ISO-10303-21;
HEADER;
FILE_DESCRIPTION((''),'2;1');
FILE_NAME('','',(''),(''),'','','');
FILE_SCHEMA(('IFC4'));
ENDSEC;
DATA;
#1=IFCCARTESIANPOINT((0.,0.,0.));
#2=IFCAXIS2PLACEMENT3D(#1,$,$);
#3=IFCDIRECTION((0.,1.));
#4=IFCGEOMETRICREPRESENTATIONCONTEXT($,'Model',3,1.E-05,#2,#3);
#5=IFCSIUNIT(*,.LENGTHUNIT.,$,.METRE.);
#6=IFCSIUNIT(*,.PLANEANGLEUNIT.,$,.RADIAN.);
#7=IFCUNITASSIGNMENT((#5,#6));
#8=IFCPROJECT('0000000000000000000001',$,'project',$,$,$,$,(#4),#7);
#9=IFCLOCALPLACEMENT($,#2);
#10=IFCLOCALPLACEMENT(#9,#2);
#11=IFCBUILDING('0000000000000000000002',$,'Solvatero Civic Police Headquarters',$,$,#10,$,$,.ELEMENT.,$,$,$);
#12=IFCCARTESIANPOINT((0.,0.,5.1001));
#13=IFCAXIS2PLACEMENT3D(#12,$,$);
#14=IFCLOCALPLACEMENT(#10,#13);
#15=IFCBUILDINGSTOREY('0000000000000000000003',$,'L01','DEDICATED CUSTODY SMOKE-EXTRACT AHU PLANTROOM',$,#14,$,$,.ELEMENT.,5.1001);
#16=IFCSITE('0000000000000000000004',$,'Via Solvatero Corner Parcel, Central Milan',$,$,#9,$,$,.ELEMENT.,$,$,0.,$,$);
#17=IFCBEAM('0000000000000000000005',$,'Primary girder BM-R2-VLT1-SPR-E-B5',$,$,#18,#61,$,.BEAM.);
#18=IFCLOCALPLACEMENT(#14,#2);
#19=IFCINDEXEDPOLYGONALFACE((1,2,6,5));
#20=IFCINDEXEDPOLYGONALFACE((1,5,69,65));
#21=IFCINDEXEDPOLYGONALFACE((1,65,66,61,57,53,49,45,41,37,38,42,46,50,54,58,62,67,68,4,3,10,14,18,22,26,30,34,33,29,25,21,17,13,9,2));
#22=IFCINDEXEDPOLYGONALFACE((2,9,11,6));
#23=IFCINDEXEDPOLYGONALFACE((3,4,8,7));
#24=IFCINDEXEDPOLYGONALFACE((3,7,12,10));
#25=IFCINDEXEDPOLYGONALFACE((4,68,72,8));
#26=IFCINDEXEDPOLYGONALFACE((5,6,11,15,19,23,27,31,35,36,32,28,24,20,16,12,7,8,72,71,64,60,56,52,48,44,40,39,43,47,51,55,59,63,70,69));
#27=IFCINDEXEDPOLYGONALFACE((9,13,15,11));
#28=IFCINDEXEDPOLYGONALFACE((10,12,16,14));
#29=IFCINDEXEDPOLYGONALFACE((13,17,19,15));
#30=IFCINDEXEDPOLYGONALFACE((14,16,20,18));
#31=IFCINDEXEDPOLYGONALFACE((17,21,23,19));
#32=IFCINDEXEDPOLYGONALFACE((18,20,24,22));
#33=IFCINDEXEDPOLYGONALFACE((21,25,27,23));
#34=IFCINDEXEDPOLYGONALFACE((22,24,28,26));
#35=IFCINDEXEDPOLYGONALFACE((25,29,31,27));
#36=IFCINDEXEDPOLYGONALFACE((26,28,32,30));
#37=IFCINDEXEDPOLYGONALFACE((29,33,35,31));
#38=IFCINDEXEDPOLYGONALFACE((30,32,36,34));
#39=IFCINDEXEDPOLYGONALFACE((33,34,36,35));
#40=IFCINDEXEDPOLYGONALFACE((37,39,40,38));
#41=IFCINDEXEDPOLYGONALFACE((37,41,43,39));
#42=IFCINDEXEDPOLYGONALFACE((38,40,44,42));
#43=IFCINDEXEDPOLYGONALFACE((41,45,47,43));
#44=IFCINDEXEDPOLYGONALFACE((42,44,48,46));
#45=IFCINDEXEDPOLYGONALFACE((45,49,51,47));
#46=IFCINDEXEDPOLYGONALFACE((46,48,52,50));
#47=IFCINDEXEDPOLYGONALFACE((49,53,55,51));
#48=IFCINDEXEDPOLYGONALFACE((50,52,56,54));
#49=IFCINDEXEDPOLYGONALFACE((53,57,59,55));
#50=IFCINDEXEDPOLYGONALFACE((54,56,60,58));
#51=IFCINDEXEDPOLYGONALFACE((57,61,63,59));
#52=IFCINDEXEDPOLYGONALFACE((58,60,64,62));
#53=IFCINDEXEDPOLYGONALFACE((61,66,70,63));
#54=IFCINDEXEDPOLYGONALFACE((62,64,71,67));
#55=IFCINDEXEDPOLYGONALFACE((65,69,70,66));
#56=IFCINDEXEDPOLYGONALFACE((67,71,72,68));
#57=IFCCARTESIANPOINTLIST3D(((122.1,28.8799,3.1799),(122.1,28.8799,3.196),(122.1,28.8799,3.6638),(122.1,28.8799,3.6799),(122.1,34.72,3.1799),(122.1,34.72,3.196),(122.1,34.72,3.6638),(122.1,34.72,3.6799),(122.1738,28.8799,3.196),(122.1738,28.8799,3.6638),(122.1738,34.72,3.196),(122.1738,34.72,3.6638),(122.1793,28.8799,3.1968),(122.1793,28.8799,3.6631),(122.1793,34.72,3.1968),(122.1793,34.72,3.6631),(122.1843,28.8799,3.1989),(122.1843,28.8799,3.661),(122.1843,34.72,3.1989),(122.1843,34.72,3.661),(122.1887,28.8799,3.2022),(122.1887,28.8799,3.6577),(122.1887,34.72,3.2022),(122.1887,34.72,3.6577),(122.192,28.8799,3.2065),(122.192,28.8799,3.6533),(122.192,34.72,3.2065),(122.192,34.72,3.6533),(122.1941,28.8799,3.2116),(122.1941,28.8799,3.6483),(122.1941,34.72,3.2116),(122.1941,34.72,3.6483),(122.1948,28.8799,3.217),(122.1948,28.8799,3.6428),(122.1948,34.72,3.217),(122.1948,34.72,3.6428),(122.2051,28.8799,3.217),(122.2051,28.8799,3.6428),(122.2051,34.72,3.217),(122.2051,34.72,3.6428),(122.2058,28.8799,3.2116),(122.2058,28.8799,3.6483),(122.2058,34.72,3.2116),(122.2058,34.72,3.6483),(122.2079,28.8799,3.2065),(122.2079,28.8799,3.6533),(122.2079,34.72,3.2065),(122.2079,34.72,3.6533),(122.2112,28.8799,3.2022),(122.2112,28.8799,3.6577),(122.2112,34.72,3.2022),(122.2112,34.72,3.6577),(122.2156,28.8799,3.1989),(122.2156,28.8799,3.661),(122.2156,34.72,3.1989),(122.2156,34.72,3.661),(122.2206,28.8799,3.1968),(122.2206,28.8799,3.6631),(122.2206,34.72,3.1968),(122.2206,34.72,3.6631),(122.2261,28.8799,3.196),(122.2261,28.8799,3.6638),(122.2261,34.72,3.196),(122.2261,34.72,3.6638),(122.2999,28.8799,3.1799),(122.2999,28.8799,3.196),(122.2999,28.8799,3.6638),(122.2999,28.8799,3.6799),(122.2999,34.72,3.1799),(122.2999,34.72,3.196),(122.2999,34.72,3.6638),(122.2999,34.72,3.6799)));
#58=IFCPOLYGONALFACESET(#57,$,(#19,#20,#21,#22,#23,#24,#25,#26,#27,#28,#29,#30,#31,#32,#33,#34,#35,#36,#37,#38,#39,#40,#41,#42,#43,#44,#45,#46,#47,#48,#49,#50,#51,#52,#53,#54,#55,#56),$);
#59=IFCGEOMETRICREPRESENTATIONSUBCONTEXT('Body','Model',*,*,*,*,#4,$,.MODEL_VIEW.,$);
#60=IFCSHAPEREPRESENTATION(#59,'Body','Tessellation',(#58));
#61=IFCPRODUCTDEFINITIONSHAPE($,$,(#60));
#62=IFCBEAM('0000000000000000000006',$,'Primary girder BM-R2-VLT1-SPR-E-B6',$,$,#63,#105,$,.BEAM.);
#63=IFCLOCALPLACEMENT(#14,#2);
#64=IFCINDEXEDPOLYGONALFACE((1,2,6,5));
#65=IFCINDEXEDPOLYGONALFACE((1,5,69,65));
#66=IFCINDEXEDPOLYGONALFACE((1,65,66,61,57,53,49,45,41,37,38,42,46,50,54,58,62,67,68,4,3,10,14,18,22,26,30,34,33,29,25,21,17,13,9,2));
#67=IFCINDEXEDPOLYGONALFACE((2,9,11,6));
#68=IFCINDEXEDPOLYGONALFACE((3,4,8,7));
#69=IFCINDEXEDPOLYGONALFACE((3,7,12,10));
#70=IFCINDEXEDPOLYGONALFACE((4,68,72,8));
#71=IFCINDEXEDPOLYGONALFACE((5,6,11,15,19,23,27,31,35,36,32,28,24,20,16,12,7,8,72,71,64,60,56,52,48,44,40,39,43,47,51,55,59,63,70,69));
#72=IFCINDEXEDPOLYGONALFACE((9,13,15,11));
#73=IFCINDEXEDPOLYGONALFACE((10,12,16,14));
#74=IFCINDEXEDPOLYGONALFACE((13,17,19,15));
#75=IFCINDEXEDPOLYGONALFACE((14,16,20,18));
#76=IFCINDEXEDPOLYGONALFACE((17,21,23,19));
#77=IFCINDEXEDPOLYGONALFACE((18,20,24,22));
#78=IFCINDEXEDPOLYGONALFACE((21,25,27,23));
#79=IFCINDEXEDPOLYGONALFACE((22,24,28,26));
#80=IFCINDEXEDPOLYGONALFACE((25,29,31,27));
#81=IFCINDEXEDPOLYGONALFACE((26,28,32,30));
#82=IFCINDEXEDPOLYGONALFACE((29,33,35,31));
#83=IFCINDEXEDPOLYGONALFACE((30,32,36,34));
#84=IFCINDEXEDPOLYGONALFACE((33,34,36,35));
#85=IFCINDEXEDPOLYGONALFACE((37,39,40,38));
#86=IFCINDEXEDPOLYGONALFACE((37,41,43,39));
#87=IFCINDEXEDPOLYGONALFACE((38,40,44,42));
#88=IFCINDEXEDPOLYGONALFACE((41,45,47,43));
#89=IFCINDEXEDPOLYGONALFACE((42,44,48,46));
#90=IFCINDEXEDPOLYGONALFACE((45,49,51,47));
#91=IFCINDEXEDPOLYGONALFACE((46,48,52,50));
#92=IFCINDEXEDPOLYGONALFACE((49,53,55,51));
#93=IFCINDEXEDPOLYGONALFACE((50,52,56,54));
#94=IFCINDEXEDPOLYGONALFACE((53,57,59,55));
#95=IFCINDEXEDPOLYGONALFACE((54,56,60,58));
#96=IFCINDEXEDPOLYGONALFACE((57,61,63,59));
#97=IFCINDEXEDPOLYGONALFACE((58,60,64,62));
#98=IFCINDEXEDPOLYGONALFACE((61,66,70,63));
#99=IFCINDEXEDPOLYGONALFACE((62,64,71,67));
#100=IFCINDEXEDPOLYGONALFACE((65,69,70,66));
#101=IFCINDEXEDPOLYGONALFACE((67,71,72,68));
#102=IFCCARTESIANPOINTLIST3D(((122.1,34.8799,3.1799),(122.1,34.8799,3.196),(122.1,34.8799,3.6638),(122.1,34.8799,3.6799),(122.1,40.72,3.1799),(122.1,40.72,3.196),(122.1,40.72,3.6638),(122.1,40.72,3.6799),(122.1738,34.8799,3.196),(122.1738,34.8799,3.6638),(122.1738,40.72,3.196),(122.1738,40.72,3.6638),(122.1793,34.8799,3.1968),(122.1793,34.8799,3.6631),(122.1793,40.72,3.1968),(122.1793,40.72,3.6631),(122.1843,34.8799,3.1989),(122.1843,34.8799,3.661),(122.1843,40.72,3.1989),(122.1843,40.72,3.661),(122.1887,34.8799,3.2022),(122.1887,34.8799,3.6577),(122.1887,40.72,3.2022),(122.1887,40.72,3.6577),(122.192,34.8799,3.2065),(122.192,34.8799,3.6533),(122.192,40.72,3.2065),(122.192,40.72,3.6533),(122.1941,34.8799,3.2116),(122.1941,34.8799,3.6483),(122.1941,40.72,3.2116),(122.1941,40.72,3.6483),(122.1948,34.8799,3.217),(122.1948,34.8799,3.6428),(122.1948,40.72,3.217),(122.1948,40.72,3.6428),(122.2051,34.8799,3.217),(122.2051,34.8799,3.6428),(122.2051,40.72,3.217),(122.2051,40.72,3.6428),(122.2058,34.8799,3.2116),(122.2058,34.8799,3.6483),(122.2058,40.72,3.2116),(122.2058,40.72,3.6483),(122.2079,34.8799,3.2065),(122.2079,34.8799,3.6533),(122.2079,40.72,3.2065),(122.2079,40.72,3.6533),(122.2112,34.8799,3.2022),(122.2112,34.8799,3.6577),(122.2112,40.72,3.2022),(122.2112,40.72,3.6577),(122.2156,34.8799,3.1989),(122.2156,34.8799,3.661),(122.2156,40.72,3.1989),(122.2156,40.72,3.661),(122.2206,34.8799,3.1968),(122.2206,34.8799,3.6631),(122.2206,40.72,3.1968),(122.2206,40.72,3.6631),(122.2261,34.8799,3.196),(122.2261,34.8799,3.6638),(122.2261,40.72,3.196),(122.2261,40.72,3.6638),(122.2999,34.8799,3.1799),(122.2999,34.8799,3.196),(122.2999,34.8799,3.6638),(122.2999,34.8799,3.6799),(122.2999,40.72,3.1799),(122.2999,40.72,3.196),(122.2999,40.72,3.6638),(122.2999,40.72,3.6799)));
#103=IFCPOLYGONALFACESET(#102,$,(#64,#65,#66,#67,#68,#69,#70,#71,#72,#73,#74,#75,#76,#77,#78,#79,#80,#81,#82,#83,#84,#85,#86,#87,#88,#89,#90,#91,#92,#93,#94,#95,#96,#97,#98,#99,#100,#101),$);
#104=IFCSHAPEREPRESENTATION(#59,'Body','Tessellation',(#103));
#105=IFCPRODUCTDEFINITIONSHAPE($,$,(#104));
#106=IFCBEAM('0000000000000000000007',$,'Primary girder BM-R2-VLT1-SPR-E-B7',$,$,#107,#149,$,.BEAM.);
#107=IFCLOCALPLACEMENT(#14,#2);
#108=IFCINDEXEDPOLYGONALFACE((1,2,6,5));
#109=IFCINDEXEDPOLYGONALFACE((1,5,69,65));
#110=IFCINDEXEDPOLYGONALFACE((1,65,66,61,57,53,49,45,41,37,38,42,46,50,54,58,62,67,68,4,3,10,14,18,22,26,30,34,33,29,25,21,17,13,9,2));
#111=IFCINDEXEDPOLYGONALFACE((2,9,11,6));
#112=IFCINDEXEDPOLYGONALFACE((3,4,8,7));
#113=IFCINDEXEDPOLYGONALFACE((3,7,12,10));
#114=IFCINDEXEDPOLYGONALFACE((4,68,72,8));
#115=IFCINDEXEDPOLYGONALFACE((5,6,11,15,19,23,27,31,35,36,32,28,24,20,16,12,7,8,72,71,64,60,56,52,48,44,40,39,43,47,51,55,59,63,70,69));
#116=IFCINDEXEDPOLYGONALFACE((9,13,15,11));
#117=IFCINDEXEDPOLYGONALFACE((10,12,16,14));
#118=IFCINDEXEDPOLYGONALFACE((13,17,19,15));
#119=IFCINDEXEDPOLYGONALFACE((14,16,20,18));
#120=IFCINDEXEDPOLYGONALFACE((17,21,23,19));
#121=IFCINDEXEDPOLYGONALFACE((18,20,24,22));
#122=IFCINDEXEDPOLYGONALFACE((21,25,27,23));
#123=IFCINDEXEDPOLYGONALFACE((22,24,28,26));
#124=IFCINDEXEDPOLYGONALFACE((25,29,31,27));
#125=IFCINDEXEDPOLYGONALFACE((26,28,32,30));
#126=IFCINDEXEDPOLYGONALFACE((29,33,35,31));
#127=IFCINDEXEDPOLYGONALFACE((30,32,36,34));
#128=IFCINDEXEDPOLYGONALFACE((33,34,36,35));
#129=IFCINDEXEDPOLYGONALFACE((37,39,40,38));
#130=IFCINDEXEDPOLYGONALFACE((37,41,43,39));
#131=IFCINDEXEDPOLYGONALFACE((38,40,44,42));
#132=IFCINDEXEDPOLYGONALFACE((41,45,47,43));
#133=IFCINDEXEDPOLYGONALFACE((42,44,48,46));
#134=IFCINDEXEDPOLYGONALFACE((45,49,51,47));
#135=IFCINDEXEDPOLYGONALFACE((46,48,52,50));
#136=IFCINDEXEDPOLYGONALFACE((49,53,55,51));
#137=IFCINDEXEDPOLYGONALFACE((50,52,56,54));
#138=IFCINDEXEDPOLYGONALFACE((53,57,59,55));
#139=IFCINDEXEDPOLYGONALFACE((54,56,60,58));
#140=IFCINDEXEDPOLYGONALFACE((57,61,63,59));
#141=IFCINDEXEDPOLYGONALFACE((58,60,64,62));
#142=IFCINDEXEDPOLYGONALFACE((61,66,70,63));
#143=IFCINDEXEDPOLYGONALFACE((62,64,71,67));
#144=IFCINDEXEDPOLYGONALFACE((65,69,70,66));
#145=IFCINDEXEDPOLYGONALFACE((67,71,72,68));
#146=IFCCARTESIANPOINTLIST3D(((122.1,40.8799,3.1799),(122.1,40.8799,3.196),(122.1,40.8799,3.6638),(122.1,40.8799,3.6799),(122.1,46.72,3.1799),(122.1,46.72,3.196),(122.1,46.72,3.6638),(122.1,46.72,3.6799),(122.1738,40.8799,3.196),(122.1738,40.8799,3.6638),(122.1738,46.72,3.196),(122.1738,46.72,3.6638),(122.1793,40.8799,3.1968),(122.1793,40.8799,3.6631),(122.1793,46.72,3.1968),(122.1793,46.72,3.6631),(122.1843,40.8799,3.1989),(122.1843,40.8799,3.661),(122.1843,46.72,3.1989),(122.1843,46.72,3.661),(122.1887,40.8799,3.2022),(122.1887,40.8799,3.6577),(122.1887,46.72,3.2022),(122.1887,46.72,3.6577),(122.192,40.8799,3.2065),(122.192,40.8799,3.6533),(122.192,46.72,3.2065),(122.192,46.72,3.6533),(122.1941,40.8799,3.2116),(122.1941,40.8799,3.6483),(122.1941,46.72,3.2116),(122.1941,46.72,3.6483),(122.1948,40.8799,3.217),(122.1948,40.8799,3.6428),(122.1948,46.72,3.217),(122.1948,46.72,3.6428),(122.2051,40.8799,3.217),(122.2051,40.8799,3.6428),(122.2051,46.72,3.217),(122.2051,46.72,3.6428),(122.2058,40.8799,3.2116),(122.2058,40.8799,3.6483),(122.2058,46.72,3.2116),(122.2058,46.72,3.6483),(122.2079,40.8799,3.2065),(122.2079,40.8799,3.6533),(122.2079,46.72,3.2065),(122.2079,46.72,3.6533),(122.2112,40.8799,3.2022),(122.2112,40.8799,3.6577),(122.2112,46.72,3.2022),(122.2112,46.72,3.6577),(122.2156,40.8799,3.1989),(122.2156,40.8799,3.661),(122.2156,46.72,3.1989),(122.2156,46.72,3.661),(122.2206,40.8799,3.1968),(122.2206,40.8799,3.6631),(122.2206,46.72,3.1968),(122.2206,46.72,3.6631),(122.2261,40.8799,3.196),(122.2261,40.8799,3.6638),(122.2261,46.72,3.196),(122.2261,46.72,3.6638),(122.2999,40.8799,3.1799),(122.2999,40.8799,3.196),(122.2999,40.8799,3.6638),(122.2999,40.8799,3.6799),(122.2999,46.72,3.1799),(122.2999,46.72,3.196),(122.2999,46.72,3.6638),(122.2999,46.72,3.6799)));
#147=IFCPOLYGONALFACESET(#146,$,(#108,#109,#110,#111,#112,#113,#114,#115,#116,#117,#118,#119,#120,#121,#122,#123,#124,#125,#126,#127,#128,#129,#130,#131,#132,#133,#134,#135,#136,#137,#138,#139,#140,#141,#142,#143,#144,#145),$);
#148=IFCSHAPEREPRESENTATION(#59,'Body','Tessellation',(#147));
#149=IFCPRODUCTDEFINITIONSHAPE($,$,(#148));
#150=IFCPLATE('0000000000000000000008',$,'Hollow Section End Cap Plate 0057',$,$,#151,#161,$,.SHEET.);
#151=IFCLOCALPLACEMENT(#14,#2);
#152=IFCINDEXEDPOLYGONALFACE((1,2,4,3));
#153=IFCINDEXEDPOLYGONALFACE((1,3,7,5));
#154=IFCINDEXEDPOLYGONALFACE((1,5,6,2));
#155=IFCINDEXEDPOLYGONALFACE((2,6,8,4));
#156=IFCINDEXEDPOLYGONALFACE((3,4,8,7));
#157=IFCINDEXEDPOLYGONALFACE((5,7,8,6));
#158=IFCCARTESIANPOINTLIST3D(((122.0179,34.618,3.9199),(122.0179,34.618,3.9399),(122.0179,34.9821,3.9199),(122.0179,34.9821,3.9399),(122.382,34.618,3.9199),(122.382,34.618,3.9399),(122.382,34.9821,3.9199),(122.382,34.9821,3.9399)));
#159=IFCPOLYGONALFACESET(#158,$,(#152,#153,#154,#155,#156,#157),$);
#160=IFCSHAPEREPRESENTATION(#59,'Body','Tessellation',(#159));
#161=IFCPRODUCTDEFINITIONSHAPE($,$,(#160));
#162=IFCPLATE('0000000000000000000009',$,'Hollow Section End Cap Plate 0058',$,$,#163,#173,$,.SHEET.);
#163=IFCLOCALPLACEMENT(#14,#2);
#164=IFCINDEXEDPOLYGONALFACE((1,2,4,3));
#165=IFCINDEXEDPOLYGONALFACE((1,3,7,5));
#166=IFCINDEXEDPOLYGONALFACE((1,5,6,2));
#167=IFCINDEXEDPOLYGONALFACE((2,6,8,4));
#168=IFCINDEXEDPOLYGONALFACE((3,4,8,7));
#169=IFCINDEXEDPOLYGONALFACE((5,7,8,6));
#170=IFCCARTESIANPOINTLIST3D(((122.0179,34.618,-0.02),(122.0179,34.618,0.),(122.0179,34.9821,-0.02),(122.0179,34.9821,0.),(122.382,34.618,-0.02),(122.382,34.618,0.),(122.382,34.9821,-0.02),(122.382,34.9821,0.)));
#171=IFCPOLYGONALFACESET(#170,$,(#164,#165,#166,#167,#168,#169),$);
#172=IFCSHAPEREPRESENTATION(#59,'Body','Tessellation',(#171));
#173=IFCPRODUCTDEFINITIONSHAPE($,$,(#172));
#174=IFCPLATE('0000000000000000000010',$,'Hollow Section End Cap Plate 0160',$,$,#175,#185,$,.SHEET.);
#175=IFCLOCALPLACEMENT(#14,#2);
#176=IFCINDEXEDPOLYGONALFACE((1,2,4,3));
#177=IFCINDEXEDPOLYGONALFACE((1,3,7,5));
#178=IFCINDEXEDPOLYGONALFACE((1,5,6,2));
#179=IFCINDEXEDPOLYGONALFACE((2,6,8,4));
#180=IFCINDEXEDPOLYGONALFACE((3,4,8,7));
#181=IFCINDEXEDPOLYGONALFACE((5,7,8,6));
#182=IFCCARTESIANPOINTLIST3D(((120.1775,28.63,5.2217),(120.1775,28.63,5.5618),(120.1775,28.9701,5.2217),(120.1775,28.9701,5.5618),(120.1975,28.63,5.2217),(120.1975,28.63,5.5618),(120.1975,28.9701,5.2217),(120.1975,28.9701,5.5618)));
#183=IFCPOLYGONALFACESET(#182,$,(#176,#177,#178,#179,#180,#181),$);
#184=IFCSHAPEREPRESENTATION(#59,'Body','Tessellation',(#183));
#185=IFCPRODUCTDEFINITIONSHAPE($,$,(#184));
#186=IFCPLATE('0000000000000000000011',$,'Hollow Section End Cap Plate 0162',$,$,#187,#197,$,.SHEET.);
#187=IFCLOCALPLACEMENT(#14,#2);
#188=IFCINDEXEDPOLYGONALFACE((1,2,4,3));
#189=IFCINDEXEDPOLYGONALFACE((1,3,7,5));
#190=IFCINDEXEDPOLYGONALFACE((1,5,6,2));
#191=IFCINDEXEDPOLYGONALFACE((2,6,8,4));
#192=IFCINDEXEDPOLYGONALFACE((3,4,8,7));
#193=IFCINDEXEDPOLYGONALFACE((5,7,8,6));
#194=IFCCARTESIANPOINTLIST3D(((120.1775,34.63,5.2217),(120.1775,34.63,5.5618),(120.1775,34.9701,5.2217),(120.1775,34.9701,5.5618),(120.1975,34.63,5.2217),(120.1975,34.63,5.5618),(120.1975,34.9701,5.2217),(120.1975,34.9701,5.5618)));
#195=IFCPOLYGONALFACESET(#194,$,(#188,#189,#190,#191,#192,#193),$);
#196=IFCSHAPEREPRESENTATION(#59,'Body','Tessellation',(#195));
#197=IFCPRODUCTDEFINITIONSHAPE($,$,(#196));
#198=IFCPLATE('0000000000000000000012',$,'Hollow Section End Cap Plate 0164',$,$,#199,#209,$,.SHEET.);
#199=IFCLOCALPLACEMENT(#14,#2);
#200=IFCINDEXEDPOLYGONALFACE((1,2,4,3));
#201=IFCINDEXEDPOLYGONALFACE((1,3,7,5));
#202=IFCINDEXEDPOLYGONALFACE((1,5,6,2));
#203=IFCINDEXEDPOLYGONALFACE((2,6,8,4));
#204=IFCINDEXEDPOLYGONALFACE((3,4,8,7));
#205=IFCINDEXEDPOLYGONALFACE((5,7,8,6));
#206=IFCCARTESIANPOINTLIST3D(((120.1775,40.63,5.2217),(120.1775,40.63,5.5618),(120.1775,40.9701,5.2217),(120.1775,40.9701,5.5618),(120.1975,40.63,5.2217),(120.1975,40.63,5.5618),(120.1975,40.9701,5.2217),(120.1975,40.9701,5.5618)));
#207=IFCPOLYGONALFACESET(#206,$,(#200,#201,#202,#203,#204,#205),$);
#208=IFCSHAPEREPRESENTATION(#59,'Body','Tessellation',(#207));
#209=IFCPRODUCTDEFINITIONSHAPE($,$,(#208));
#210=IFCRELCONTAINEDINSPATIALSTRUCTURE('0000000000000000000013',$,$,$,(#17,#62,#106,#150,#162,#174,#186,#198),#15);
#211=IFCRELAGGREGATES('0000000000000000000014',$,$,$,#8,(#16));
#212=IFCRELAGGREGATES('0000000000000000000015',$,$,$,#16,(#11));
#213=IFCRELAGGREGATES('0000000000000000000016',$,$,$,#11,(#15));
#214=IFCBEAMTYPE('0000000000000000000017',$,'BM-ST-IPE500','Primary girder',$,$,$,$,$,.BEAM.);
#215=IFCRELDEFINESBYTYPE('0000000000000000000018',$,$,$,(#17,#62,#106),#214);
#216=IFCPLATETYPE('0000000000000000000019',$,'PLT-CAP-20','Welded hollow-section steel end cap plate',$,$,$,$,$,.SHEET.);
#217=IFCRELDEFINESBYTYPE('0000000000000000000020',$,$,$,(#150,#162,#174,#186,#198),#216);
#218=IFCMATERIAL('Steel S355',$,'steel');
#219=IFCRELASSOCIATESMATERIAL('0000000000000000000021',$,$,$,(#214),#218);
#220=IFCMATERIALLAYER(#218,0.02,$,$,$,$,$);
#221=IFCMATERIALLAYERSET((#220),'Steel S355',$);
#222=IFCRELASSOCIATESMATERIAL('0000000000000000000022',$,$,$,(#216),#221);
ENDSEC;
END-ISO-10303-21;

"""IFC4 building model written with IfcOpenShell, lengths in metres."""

from ifc_helpers import new_model, si_unit, direction, frame, origin, origin_2d, place, context, subcontext, project, spatial, rectangle, i_section, extrude, material, layer, layer_set, material_profile, profile_set, type_object, element, save


model = new_model("IFC4")

# Units and contexts
model_context = context("Model", 3, precision=1e-05, world=origin(), true_north=direction((0.0, 1.0)))
body_context = subcontext(model_context, "Body", "Model", "MODEL_VIEW")
ifc_project = project(units=[si_unit("LENGTHUNIT", "METRE"), si_unit("PLANEANGLEUNIT", "RADIAN")], contexts=[model_context])

# Site, building, storey
site_placement = place(None, origin())
site = spatial("IfcSite", under=ifc_project, at=site_placement, Name="Via Solvatero Corner Parcel, Central Milan", CompositionType="ELEMENT", RefElevation=0.0)
building_placement = place(site_placement, origin())
building = spatial("IfcBuilding", under=site, at=building_placement, Name="Solvatero Civic Police Headquarters", CompositionType="ELEMENT")
storey_placement = place(building_placement, frame((0.0, 0.0, 5.1001)))
storey = spatial("IfcBuildingStorey", under=building, at=storey_placement, Name="L01", Description="DEDICATED CUSTODY SMOKE-EXTRACT AHU PLANTROOM", CompositionType="ELEMENT", Elevation=5.1001)

# Shared definitions
ifc_material_1 = material(Name="Steel S355", Category="steel")

# Beams
ifc_material_profile_1 = material_profile(ifc_material_1, i_section(OverallWidth=0.2, OverallDepth=0.5, WebThickness=0.0103, FlangeThickness=0.0161, FilletRadius=0.021, at=origin_2d()), Name="IPE 500")
ifc_profile_set_1 = profile_set([ifc_material_profile_1], Name="Steel S355")
beam_type_1 = type_object("IfcBeamType", Name="BM-ST-IPE500", Description="Primary girder", PredefinedType="BEAM", material=ifc_profile_set_1)
for number, where, z_axis, x_axis, name in (
    (1, (122.2, 28.8799, 3.4299), (0.0, 1.0, 0.0), (-1.0, 0.0, 0.0), "Primary girder BM-R2-VLT1-SPR-E-B5"),
    (2, (122.2, 34.8799, 3.4299), (0.0, 1.0, 0.0), (-1.0, 0.0, 0.0), "Primary girder BM-R2-VLT1-SPR-E-B6"),
    (3, (122.2, 40.8799, 3.4299), (0.0, 1.0, 0.0), (-1.0, 0.0, 0.0), "Primary girder BM-R2-VLT1-SPR-E-B7"),
):
    element("IfcBeam", number, at=place(storey_placement, frame(where, z_axis=z_axis, x_axis=x_axis)), inside=storey, type_object=beam_type_1, Name=name, PredefinedType="BEAM", context=body_context, shape_type="SweptSolid", body=[
        extrude(i_section(OverallWidth=0.2, OverallDepth=0.5, WebThickness=0.0103, FlangeThickness=0.0161, FilletRadius=0.021, at=origin_2d()), origin(), (0.0, 0.0, 1.0), 5.8401),
    ])

# Plates
ifc_layer_1 = layer(ifc_material_1, 0.02)
ifc_layer_set_1 = layer_set([ifc_layer_1], Name="Steel S355")
plate_type_1 = type_object("IfcPlateType", Name="PLT-CAP-20", Description="Welded hollow-section steel end cap plate", PredefinedType="SHEET", material=ifc_layer_set_1)
for number, where, z_axis, x_axis, name in (
    (4, (122.2, 34.8, 3.9199), (0.0, 0.0, 1.0), (1.0, 0.0, 0.0), "Hollow Section End Cap Plate 0057"),
    (5, (122.2, 34.8, -0.02), (0.0, 0.0, 1.0), (1.0, 0.0, 0.0), "Hollow Section End Cap Plate 0058"),
):
    element("IfcPlate", number, at=place(storey_placement, frame(where, z_axis=z_axis, x_axis=x_axis)), inside=storey, type_object=plate_type_1, Name=name, PredefinedType="SHEET", context=body_context, shape_type="SweptSolid", body=[
        extrude(rectangle(XDim=0.364, YDim=0.364, at=origin_2d()), origin(), (0.0, 0.0, 1.0), 0.02),
    ])
for number, where, z_axis, x_axis, name in (
    (6, (120.1875, 28.8, 5.2217), (0.0, 0.0, 1.0), (1.0, 0.0, 0.0), "Hollow Section End Cap Plate 0160"),
    (7, (120.1875, 34.8, 5.2217), (0.0, 0.0, 1.0), (1.0, 0.0, 0.0), "Hollow Section End Cap Plate 0162"),
    (8, (120.1875, 40.8, 5.2217), (0.0, 0.0, 1.0), (1.0, 0.0, 0.0), "Hollow Section End Cap Plate 0164"),
):
    element("IfcPlate", number, at=place(storey_placement, frame(where, z_axis=z_axis, x_axis=x_axis)), inside=storey, type_object=plate_type_1, Name=name, PredefinedType="SHEET", context=body_context, shape_type="SweptSolid", body=[
        extrude(rectangle(XDim=0.02, YDim=0.3401, at=origin_2d()), origin(), (0.0, 0.0, 1.0), 0.3401),
    ])

save(model, "model.ifc")
